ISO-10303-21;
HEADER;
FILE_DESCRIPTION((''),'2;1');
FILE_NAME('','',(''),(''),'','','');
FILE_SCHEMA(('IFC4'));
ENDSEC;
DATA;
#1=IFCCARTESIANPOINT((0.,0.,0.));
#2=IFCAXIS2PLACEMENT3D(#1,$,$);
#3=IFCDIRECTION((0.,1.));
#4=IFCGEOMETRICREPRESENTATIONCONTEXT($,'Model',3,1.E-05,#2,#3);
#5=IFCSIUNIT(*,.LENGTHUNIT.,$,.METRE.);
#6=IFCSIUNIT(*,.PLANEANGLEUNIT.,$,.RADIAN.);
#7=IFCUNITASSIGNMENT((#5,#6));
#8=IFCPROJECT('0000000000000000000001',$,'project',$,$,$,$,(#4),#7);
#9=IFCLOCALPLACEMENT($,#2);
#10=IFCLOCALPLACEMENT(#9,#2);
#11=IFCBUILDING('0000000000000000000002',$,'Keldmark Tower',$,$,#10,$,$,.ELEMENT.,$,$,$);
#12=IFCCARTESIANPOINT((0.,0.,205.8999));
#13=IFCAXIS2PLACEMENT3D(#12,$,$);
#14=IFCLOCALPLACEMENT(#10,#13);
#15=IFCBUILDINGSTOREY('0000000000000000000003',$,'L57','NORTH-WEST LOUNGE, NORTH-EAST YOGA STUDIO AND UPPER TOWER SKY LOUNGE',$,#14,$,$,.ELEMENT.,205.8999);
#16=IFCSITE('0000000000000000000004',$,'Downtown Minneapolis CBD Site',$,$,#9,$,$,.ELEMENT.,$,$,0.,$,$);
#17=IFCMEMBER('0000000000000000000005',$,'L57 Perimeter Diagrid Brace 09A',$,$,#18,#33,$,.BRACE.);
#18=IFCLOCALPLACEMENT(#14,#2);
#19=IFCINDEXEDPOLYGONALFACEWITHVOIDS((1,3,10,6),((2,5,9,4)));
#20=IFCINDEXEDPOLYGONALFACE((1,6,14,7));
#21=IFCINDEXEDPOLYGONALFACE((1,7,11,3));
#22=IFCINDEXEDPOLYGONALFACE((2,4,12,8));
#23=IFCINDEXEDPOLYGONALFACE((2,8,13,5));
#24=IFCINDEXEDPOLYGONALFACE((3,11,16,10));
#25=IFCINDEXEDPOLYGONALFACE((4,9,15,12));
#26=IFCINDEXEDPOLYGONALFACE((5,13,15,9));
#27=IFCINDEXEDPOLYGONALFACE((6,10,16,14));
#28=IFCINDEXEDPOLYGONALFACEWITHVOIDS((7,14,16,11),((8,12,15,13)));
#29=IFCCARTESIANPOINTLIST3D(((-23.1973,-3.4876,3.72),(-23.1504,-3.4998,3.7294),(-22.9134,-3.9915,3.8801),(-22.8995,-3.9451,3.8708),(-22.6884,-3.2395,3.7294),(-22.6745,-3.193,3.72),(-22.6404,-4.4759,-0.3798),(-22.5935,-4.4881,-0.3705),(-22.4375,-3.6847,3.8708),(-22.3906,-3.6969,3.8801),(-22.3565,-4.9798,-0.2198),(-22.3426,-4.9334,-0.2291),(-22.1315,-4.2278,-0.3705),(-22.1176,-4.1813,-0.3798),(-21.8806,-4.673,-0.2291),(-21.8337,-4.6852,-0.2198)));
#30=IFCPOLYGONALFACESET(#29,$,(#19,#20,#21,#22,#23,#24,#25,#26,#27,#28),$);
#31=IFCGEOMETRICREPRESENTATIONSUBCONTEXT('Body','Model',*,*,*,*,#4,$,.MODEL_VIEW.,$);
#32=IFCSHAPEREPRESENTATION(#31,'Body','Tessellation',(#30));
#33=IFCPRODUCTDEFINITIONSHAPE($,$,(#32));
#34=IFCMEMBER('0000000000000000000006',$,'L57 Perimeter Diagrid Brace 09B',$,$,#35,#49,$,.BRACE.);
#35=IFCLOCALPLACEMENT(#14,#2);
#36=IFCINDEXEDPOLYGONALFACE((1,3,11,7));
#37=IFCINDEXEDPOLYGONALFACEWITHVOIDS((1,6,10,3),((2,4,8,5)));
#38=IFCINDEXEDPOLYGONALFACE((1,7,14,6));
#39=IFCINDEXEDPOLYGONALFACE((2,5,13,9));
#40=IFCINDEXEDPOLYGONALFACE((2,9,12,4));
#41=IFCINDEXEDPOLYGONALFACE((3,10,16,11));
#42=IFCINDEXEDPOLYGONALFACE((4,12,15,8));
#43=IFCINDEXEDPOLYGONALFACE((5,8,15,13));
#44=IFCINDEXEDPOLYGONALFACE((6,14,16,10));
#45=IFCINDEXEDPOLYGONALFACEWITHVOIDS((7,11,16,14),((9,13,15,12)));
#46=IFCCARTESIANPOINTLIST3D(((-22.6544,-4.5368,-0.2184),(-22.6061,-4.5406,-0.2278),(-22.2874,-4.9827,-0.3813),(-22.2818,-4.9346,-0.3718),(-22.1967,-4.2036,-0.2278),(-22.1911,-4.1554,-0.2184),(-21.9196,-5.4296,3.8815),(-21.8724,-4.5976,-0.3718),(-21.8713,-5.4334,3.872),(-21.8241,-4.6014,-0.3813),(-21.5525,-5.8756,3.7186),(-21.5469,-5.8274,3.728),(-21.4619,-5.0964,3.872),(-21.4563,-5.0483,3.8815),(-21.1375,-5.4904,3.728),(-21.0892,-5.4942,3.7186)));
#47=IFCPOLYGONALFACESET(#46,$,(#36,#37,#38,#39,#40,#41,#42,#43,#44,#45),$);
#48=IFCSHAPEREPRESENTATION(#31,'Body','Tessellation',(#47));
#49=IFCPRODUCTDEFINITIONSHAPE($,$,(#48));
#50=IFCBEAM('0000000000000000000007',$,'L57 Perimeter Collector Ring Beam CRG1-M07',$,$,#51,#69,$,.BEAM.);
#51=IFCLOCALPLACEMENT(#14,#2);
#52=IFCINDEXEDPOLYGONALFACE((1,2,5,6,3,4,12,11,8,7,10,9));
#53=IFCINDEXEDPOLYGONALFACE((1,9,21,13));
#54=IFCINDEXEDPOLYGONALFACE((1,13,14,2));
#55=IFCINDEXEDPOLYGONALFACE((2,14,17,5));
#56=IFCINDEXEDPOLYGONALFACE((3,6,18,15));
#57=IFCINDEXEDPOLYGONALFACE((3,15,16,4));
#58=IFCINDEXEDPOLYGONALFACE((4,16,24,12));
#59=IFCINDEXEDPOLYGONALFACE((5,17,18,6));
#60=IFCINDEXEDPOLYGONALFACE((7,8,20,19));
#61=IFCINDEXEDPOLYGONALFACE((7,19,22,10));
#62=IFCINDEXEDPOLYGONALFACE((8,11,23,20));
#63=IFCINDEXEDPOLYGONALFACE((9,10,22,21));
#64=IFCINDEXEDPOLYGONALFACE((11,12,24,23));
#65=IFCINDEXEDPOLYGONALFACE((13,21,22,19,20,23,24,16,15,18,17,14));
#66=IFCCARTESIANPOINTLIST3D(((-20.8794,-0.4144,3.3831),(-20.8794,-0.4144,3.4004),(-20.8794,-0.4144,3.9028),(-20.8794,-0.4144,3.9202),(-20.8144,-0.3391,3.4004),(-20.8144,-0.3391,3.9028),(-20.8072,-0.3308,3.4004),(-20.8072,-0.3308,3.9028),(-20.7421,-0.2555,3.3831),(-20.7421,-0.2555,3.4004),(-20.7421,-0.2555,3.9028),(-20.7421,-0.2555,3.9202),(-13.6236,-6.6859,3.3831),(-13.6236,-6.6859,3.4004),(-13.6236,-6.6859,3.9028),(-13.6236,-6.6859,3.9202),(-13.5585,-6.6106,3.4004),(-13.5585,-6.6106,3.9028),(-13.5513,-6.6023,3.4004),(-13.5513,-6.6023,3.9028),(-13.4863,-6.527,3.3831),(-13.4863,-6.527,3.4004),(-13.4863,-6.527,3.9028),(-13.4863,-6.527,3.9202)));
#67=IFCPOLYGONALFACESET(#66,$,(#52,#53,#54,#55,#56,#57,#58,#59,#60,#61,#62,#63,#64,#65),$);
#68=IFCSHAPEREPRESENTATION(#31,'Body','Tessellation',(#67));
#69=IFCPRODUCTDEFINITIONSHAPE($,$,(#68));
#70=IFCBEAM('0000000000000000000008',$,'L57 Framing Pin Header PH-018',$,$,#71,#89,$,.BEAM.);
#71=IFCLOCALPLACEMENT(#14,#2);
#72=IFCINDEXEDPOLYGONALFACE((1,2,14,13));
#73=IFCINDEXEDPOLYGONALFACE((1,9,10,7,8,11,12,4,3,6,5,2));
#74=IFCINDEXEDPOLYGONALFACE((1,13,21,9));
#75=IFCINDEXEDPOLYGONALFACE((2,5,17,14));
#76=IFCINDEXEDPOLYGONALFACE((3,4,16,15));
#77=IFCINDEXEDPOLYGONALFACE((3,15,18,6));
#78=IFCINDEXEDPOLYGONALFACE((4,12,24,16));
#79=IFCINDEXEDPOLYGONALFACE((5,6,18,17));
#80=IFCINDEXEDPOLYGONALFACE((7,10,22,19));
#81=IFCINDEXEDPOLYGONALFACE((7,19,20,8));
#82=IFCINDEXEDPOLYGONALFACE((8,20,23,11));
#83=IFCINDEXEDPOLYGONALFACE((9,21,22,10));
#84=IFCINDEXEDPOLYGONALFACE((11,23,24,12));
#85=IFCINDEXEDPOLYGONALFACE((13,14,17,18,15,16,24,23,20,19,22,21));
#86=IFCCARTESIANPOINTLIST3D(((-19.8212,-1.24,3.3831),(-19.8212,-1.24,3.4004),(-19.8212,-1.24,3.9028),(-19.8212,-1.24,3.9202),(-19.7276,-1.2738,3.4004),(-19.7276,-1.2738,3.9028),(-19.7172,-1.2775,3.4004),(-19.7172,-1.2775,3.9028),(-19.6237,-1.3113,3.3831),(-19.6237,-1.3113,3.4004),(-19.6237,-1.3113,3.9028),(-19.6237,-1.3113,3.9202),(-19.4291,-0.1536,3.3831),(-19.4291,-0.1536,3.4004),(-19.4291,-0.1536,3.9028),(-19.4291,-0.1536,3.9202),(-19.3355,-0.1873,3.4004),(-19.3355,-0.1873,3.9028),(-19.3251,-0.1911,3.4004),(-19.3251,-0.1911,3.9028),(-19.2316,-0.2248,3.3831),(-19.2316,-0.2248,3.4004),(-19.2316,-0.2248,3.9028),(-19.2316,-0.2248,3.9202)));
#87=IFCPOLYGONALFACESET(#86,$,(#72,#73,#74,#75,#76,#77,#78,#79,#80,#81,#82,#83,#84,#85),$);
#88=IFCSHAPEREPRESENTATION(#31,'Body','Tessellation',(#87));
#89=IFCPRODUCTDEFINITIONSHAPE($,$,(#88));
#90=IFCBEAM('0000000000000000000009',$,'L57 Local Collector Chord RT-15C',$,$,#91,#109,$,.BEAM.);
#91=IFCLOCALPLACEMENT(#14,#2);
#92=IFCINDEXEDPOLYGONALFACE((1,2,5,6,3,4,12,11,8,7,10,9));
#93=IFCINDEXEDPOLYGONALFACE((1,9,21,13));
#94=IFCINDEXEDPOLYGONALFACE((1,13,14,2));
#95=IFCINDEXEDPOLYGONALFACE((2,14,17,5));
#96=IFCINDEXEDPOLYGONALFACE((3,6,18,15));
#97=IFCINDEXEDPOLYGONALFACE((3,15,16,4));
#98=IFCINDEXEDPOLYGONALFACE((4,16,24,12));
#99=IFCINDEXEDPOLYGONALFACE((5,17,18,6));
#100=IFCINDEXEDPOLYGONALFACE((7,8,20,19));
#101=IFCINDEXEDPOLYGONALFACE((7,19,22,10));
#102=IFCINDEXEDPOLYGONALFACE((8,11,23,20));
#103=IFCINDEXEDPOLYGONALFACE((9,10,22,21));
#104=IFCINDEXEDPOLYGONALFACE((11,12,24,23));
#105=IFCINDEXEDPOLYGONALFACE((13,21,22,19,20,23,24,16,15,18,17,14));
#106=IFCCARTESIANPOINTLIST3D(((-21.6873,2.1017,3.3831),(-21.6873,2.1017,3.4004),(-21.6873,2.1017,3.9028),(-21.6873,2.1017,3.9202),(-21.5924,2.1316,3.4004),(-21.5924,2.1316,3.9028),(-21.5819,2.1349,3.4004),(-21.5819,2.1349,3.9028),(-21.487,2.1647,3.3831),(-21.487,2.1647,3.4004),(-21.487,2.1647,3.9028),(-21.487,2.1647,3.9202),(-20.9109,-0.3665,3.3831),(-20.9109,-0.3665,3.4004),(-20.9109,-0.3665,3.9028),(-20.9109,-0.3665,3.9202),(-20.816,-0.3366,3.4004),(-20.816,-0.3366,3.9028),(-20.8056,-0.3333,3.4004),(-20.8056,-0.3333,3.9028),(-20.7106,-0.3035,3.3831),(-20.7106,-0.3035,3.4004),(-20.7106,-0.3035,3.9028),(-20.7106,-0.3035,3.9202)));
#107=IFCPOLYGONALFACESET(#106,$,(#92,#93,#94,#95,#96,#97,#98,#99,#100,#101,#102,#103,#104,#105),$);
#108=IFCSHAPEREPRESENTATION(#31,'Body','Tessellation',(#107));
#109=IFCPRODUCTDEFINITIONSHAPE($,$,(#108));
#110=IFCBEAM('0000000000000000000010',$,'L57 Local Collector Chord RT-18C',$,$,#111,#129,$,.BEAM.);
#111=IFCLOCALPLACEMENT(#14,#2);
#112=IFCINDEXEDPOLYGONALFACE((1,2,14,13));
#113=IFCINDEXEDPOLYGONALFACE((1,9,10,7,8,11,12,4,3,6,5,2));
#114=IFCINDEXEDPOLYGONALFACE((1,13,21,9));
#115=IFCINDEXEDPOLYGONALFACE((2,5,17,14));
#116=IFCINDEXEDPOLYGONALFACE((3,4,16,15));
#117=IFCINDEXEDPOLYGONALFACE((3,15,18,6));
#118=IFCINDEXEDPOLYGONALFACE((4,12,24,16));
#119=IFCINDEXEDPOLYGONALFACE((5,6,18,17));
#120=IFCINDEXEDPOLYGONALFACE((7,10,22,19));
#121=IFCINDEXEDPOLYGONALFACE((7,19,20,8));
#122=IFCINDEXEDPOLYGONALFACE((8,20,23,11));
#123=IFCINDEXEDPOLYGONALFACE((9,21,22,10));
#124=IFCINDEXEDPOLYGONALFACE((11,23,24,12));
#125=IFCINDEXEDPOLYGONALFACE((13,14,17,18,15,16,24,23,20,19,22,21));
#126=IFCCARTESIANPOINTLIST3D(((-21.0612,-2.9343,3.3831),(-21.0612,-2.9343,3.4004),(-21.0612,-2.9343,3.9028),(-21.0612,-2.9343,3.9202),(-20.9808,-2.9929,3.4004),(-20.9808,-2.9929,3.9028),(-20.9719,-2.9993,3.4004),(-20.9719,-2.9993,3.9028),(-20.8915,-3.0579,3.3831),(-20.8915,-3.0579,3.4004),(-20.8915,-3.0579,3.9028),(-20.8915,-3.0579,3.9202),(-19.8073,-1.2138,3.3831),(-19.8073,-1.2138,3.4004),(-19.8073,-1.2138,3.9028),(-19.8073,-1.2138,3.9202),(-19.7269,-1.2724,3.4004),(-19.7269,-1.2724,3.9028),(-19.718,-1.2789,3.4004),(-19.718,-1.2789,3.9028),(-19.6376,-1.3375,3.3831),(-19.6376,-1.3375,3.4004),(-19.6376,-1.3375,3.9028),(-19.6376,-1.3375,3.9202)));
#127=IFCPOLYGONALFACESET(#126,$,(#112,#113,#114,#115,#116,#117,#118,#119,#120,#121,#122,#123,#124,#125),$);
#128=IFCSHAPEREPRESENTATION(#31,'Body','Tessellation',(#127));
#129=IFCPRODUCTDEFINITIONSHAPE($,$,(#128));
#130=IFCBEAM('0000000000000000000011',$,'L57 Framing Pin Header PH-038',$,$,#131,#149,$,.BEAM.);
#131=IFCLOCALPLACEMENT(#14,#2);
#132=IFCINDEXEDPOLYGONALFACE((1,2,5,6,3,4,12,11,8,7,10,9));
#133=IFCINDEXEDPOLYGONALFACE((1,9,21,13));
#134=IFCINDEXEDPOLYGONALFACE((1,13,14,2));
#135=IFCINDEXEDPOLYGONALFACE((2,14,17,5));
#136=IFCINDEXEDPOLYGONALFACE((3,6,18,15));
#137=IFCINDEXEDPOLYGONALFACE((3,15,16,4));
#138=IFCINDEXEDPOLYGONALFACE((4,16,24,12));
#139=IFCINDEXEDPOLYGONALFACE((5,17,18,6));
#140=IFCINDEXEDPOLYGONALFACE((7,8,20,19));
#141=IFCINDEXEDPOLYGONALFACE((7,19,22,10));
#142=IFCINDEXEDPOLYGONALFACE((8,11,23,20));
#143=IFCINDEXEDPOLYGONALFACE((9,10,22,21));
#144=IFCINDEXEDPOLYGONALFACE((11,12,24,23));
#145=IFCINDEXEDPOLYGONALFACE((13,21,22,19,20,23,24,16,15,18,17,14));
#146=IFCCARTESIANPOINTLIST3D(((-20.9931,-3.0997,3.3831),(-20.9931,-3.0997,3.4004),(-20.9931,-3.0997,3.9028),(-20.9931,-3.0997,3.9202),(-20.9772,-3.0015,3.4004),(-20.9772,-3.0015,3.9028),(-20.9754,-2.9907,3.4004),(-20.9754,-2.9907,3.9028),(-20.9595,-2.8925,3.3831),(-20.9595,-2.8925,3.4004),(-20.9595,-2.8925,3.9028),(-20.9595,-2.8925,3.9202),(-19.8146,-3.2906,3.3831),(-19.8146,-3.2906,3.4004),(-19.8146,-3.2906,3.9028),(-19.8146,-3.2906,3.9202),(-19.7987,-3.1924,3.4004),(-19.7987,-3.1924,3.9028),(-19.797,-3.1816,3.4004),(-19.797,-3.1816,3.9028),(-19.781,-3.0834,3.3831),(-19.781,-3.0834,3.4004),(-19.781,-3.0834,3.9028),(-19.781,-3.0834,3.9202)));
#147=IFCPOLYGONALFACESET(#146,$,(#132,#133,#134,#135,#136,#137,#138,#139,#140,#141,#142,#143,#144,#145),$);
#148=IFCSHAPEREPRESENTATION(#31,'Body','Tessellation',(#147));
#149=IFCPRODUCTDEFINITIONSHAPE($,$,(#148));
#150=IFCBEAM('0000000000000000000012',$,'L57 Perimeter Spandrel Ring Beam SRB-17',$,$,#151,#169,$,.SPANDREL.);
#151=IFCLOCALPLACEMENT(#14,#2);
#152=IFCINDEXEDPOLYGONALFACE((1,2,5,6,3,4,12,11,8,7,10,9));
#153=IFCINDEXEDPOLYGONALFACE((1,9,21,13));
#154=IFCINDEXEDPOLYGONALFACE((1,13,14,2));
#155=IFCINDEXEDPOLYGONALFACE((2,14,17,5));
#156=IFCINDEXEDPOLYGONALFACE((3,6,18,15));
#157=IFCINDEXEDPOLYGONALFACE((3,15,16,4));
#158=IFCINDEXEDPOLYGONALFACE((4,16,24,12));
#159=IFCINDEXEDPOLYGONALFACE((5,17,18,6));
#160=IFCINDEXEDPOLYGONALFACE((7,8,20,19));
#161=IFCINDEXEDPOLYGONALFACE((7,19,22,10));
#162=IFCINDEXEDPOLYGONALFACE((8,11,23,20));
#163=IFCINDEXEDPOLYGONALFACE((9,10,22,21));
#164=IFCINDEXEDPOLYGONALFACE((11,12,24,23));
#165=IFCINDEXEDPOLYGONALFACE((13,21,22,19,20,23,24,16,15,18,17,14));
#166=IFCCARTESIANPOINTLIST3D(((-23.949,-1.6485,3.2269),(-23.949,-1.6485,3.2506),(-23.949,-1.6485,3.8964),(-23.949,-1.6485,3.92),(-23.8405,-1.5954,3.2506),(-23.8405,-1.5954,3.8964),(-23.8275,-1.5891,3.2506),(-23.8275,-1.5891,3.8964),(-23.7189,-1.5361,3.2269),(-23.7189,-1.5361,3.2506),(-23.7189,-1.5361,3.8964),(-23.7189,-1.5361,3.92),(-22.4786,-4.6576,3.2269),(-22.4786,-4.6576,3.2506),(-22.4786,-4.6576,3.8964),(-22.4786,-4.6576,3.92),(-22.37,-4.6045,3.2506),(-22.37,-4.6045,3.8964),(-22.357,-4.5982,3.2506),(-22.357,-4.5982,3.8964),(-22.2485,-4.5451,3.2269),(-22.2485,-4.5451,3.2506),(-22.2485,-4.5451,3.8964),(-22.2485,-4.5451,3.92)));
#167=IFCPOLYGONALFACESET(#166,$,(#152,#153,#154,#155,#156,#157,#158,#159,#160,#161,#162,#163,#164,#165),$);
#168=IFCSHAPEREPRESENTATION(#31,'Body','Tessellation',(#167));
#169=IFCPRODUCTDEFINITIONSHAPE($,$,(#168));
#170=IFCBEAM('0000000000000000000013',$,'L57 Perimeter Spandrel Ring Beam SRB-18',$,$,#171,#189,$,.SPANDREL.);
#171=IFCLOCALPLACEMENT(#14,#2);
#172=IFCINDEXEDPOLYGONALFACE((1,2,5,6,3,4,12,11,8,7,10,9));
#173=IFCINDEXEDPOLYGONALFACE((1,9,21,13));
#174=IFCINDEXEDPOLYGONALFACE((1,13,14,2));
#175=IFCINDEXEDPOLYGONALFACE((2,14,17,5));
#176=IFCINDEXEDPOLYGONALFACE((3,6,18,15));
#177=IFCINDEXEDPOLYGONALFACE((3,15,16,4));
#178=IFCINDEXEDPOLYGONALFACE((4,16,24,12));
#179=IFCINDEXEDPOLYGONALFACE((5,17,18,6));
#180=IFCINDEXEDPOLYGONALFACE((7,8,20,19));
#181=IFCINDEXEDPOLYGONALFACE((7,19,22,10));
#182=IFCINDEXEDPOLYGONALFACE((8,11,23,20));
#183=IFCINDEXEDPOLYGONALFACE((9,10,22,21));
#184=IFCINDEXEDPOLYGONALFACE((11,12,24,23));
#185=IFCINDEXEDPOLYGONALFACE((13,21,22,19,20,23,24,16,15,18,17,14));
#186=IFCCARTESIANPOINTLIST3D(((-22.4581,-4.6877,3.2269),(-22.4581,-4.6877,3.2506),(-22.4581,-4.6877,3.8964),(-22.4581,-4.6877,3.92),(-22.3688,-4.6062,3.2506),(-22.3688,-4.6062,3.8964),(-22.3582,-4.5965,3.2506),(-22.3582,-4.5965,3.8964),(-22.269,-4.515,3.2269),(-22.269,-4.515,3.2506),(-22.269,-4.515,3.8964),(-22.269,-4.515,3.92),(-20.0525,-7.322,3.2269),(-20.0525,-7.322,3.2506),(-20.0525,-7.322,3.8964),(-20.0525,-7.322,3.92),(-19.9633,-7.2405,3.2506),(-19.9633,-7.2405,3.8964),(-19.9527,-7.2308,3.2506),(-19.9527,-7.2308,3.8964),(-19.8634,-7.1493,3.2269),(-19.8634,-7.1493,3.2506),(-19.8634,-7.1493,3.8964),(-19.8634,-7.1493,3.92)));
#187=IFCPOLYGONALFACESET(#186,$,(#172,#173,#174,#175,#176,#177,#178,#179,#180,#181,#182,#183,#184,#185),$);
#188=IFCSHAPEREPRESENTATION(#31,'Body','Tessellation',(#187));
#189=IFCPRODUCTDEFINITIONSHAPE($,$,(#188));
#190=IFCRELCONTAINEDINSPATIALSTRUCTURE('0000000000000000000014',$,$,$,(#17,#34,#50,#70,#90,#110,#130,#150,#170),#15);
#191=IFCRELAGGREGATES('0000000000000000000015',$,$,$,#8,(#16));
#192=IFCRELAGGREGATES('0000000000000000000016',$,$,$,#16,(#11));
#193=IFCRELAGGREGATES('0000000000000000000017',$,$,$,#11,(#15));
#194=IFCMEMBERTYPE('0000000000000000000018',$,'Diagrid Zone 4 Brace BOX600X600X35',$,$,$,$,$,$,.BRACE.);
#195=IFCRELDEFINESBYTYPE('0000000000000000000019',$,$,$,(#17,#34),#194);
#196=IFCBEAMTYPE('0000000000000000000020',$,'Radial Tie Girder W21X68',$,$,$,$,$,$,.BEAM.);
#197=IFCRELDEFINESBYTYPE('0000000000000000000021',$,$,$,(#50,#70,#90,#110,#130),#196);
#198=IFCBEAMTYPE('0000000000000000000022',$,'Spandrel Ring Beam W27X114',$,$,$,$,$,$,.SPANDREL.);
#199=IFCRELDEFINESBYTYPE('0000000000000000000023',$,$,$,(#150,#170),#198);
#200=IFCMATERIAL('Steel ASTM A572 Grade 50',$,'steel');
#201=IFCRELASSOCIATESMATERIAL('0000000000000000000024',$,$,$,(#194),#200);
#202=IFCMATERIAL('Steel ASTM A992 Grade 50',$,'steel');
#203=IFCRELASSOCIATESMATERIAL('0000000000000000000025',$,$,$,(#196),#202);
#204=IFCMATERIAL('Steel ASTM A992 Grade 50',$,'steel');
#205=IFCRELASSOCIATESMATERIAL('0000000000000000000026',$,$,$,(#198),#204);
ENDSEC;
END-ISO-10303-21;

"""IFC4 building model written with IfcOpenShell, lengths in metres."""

from ifc_helpers import new_model, si_unit, direction, frame, origin, origin_2d, place, context, subcontext, project, spatial, hollow_rectangle, i_section, extrude, material, material_profile, profile_set, type_object, element, save


model = new_model("IFC4")

# Units and contexts
model_context = context("Model", 3, precision=1e-05, world=origin(), true_north=direction((0.0, 1.0)))
body_context = subcontext(model_context, "Body", "Model", "MODEL_VIEW")
ifc_project = project(units=[si_unit("LENGTHUNIT", "METRE"), si_unit("PLANEANGLEUNIT", "RADIAN")], contexts=[model_context])

# Site, building, storey
site_placement = place(None, origin())
site = spatial("IfcSite", under=ifc_project, at=site_placement, Name="Downtown Minneapolis CBD Site", CompositionType="ELEMENT", RefElevation=0.0)
building_placement = place(site_placement, origin())
building = spatial("IfcBuilding", under=site, at=building_placement, Name="Keldmark Tower", CompositionType="ELEMENT")
storey_placement = place(building_placement, frame((0.0, 0.0, 205.8999)))
storey = spatial("IfcBuildingStorey", under=building, at=storey_placement, Name="L57", Description="NORTH-WEST LOUNGE, NORTH-EAST YOGA STUDIO AND UPPER TOWER SKY LOUNGE", CompositionType="ELEMENT", Elevation=205.8999)

# Members
ifc_material_1 = material(Name="Steel ASTM A572 Grade 50", Category="steel")
ifc_material_profile_1 = material_profile(ifc_material_1, hollow_rectangle(XDim=0.6001, YDim=0.6001, WallThickness=0.0349, at=origin_2d()), Name="BOX600X600X35")
ifc_profile_set_1 = profile_set([ifc_material_profile_1], Name="Steel ASTM A572 Grade 50")
member_type = type_object("IfcMemberType", Name="Diagrid Zone 4 Brace BOX600X600X35", PredefinedType="BRACE", material=ifc_profile_set_1)
member_1_placement = place(storey_placement, frame((-22.2371, -4.5806, -0.2998), z_axis=(-0.130912, 0.232324, 0.963788), x_axis=(-0.871207, -0.490915, 0.0)))
element("IfcMember", 1, at=member_1_placement, inside=storey, type_object=member_type, Name="L57 Perimeter Diagrid Brace 09A", PredefinedType="BRACE", context=body_context, shape_type="SweptSolid", body=[
    extrude(hollow_rectangle(XDim=0.6001, YDim=0.6001, WallThickness=0.0349, at=origin_2d()), origin(), (0.0, 0.0, 1.0), 4.2539),
])
member_2_placement = place(storey_placement, frame((-22.2393, -4.5691, -0.2998), z_axis=(0.172511, -0.209592, 0.962451), x_axis=(0.772101, 0.6355, 0.0)))
element("IfcMember", 2, at=member_2_placement, inside=storey, type_object=member_type, Name="L57 Perimeter Diagrid Brace 09B", PredefinedType="BRACE", context=body_context, shape_type="SweptSolid", body=[
    extrude(hollow_rectangle(XDim=0.6001, YDim=0.6001, WallThickness=0.0349, at=origin_2d()), origin(), (0.0, 0.0, 1.0), 4.2598),
])

# Beams
ifc_material_2 = material(Name="Steel ASTM A992 Grade 50", Category="steel")
ifc_material_profile_2 = material_profile(ifc_material_2, i_section(OverallWidth=0.21, OverallDepth=0.5371, WebThickness=0.011, FlangeThickness=0.0173, at=origin_2d()), Name="W21X68")
ifc_profile_set_2 = profile_set([ifc_material_profile_2], Name="Steel ASTM A992 Grade 50")
beam_type_1 = type_object("IfcBeamType", Name="Radial Tie Girder W21X68", PredefinedType="BEAM", material=ifc_profile_set_2)
beam_1_placement = place(storey_placement, frame((-20.8108, -0.335, 3.6516), z_axis=(0.756562, -0.653922, 0.0), x_axis=(0.653922, 0.756562, 0.0)))
element("IfcBeam", 3, at=beam_1_placement, inside=storey, type_object=beam_type_1, Name="L57 Perimeter Collector Ring Beam CRG1-M07", PredefinedType="BEAM", context=body_context, shape_type="SweptSolid", body=[
    extrude(i_section(OverallWidth=0.21, OverallDepth=0.5371, WebThickness=0.011, FlangeThickness=0.0173, at=origin_2d()), origin(), (0.0, 0.0, 1.0), 9.5906),
])
beam_2_placement = place(storey_placement, frame((-19.7224, -1.2756, 3.6516), z_axis=(0.339468, 0.940618, 0.0), x_axis=(-0.940618, 0.339468, 0.0)))
element("IfcBeam", 4, at=beam_2_placement, inside=storey, type_object=beam_type_1, Name="L57 Framing Pin Header PH-018", PredefinedType="BEAM", context=body_context, shape_type="SweptSolid", body=[
    extrude(i_section(OverallWidth=0.21, OverallDepth=0.5371, WebThickness=0.011, FlangeThickness=0.0173, at=origin_2d()), origin(), (0.0, 0.0, 1.0), 1.155),
])
beam_3_placement = place(storey_placement, frame((-20.8108, -0.335, 3.6516), z_axis=(-0.300047, 0.953924, 0.0), x_axis=(-0.953924, -0.300047, 0.0)))
element("IfcBeam", 5, at=beam_3_placement, inside=storey, type_object=beam_type_1, Name="L57 Local Collector Chord RT-15C", PredefinedType="BEAM", context=body_context, shape_type="SweptSolid", body=[
    extrude(i_section(OverallWidth=0.21, OverallDepth=0.5371, WebThickness=0.011, FlangeThickness=0.0173, at=origin_2d()), origin(), (0.0, 0.0, 1.0), 2.5874),
])
beam_4_placement = place(storey_placement, frame((-19.7224, -1.2756, 3.6516), z_axis=(-0.58899, -0.808141, 0.0), x_axis=(0.808141, -0.58899, 0.0)))
element("IfcBeam", 6, at=beam_4_placement, inside=storey, type_object=beam_type_1, Name="L57 Local Collector Chord RT-18C", PredefinedType="BEAM", context=body_context, shape_type="SweptSolid", body=[
    extrude(i_section(OverallWidth=0.21, OverallDepth=0.5371, WebThickness=0.011, FlangeThickness=0.0173, at=origin_2d()), origin(), (0.0, 0.0, 1.0), 2.1289),
])
beam_5_placement = place(storey_placement, frame((-20.9763, -2.9961, 3.6516), z_axis=(0.98713, -0.15992, 0.0), x_axis=(0.15992, 0.98713, 0.0)))
element("IfcBeam", 7, at=beam_5_placement, inside=storey, type_object=beam_type_1, Name="L57 Framing Pin Header PH-038", PredefinedType="BEAM", context=body_context, shape_type="SweptSolid", body=[
    extrude(i_section(OverallWidth=0.21, OverallDepth=0.5371, WebThickness=0.011, FlangeThickness=0.0173, at=origin_2d()), origin(), (0.0, 0.0, 1.0), 1.1938),
])
ifc_material_3 = material(Name="Steel ASTM A992 Grade 50", Category="steel")
ifc_material_profile_3 = material_profile(ifc_material_3, i_section(OverallWidth=0.2561, OverallDepth=0.6931, WebThickness=0.0144, FlangeThickness=0.0237, at=origin_2d()), Name="W27X114")
ifc_profile_set_3 = profile_set([ifc_material_profile_3], Name="Steel ASTM A992 Grade 50")
beam_type_2 = type_object("IfcBeamType", Name="Spandrel Ring Beam W27X114", PredefinedType="SPANDREL", material=ifc_profile_set_3)
beam_6_placement = place(storey_placement, frame((-23.834, -1.5923, 3.5735), z_axis=(0.43906, -0.898458, 0.0), x_axis=(0.898458, 0.43906, 0.0)))
element("IfcBeam", 8, at=beam_6_placement, inside=storey, type_object=beam_type_2, Name="L57 Perimeter Spandrel Ring Beam SRB-17", PredefinedType="SPANDREL", context=body_context, shape_type="SweptSolid", body=[
    extrude(i_section(OverallWidth=0.2561, OverallDepth=0.6931, WebThickness=0.0144, FlangeThickness=0.0237, at=origin_2d()), origin(), (0.0, 0.0, 1.0), 3.3491),
])
beam_7_placement = place(storey_placement, frame((-22.3635, -4.6013, 3.5735), z_axis=(0.674316, -0.738443, 0.0), x_axis=(0.738443, 0.674316, 0.0)))
element("IfcBeam", 9, at=beam_7_placement, inside=storey, type_object=beam_type_2, Name="L57 Perimeter Spandrel Ring Beam SRB-18", PredefinedType="SPANDREL", context=body_context, shape_type="SweptSolid", body=[
    extrude(i_section(OverallWidth=0.2561, OverallDepth=0.6931, WebThickness=0.0144, FlangeThickness=0.0237, at=origin_2d()), origin(), (0.0, 0.0, 1.0), 3.5674),
])

save(model, "model.ifc")
